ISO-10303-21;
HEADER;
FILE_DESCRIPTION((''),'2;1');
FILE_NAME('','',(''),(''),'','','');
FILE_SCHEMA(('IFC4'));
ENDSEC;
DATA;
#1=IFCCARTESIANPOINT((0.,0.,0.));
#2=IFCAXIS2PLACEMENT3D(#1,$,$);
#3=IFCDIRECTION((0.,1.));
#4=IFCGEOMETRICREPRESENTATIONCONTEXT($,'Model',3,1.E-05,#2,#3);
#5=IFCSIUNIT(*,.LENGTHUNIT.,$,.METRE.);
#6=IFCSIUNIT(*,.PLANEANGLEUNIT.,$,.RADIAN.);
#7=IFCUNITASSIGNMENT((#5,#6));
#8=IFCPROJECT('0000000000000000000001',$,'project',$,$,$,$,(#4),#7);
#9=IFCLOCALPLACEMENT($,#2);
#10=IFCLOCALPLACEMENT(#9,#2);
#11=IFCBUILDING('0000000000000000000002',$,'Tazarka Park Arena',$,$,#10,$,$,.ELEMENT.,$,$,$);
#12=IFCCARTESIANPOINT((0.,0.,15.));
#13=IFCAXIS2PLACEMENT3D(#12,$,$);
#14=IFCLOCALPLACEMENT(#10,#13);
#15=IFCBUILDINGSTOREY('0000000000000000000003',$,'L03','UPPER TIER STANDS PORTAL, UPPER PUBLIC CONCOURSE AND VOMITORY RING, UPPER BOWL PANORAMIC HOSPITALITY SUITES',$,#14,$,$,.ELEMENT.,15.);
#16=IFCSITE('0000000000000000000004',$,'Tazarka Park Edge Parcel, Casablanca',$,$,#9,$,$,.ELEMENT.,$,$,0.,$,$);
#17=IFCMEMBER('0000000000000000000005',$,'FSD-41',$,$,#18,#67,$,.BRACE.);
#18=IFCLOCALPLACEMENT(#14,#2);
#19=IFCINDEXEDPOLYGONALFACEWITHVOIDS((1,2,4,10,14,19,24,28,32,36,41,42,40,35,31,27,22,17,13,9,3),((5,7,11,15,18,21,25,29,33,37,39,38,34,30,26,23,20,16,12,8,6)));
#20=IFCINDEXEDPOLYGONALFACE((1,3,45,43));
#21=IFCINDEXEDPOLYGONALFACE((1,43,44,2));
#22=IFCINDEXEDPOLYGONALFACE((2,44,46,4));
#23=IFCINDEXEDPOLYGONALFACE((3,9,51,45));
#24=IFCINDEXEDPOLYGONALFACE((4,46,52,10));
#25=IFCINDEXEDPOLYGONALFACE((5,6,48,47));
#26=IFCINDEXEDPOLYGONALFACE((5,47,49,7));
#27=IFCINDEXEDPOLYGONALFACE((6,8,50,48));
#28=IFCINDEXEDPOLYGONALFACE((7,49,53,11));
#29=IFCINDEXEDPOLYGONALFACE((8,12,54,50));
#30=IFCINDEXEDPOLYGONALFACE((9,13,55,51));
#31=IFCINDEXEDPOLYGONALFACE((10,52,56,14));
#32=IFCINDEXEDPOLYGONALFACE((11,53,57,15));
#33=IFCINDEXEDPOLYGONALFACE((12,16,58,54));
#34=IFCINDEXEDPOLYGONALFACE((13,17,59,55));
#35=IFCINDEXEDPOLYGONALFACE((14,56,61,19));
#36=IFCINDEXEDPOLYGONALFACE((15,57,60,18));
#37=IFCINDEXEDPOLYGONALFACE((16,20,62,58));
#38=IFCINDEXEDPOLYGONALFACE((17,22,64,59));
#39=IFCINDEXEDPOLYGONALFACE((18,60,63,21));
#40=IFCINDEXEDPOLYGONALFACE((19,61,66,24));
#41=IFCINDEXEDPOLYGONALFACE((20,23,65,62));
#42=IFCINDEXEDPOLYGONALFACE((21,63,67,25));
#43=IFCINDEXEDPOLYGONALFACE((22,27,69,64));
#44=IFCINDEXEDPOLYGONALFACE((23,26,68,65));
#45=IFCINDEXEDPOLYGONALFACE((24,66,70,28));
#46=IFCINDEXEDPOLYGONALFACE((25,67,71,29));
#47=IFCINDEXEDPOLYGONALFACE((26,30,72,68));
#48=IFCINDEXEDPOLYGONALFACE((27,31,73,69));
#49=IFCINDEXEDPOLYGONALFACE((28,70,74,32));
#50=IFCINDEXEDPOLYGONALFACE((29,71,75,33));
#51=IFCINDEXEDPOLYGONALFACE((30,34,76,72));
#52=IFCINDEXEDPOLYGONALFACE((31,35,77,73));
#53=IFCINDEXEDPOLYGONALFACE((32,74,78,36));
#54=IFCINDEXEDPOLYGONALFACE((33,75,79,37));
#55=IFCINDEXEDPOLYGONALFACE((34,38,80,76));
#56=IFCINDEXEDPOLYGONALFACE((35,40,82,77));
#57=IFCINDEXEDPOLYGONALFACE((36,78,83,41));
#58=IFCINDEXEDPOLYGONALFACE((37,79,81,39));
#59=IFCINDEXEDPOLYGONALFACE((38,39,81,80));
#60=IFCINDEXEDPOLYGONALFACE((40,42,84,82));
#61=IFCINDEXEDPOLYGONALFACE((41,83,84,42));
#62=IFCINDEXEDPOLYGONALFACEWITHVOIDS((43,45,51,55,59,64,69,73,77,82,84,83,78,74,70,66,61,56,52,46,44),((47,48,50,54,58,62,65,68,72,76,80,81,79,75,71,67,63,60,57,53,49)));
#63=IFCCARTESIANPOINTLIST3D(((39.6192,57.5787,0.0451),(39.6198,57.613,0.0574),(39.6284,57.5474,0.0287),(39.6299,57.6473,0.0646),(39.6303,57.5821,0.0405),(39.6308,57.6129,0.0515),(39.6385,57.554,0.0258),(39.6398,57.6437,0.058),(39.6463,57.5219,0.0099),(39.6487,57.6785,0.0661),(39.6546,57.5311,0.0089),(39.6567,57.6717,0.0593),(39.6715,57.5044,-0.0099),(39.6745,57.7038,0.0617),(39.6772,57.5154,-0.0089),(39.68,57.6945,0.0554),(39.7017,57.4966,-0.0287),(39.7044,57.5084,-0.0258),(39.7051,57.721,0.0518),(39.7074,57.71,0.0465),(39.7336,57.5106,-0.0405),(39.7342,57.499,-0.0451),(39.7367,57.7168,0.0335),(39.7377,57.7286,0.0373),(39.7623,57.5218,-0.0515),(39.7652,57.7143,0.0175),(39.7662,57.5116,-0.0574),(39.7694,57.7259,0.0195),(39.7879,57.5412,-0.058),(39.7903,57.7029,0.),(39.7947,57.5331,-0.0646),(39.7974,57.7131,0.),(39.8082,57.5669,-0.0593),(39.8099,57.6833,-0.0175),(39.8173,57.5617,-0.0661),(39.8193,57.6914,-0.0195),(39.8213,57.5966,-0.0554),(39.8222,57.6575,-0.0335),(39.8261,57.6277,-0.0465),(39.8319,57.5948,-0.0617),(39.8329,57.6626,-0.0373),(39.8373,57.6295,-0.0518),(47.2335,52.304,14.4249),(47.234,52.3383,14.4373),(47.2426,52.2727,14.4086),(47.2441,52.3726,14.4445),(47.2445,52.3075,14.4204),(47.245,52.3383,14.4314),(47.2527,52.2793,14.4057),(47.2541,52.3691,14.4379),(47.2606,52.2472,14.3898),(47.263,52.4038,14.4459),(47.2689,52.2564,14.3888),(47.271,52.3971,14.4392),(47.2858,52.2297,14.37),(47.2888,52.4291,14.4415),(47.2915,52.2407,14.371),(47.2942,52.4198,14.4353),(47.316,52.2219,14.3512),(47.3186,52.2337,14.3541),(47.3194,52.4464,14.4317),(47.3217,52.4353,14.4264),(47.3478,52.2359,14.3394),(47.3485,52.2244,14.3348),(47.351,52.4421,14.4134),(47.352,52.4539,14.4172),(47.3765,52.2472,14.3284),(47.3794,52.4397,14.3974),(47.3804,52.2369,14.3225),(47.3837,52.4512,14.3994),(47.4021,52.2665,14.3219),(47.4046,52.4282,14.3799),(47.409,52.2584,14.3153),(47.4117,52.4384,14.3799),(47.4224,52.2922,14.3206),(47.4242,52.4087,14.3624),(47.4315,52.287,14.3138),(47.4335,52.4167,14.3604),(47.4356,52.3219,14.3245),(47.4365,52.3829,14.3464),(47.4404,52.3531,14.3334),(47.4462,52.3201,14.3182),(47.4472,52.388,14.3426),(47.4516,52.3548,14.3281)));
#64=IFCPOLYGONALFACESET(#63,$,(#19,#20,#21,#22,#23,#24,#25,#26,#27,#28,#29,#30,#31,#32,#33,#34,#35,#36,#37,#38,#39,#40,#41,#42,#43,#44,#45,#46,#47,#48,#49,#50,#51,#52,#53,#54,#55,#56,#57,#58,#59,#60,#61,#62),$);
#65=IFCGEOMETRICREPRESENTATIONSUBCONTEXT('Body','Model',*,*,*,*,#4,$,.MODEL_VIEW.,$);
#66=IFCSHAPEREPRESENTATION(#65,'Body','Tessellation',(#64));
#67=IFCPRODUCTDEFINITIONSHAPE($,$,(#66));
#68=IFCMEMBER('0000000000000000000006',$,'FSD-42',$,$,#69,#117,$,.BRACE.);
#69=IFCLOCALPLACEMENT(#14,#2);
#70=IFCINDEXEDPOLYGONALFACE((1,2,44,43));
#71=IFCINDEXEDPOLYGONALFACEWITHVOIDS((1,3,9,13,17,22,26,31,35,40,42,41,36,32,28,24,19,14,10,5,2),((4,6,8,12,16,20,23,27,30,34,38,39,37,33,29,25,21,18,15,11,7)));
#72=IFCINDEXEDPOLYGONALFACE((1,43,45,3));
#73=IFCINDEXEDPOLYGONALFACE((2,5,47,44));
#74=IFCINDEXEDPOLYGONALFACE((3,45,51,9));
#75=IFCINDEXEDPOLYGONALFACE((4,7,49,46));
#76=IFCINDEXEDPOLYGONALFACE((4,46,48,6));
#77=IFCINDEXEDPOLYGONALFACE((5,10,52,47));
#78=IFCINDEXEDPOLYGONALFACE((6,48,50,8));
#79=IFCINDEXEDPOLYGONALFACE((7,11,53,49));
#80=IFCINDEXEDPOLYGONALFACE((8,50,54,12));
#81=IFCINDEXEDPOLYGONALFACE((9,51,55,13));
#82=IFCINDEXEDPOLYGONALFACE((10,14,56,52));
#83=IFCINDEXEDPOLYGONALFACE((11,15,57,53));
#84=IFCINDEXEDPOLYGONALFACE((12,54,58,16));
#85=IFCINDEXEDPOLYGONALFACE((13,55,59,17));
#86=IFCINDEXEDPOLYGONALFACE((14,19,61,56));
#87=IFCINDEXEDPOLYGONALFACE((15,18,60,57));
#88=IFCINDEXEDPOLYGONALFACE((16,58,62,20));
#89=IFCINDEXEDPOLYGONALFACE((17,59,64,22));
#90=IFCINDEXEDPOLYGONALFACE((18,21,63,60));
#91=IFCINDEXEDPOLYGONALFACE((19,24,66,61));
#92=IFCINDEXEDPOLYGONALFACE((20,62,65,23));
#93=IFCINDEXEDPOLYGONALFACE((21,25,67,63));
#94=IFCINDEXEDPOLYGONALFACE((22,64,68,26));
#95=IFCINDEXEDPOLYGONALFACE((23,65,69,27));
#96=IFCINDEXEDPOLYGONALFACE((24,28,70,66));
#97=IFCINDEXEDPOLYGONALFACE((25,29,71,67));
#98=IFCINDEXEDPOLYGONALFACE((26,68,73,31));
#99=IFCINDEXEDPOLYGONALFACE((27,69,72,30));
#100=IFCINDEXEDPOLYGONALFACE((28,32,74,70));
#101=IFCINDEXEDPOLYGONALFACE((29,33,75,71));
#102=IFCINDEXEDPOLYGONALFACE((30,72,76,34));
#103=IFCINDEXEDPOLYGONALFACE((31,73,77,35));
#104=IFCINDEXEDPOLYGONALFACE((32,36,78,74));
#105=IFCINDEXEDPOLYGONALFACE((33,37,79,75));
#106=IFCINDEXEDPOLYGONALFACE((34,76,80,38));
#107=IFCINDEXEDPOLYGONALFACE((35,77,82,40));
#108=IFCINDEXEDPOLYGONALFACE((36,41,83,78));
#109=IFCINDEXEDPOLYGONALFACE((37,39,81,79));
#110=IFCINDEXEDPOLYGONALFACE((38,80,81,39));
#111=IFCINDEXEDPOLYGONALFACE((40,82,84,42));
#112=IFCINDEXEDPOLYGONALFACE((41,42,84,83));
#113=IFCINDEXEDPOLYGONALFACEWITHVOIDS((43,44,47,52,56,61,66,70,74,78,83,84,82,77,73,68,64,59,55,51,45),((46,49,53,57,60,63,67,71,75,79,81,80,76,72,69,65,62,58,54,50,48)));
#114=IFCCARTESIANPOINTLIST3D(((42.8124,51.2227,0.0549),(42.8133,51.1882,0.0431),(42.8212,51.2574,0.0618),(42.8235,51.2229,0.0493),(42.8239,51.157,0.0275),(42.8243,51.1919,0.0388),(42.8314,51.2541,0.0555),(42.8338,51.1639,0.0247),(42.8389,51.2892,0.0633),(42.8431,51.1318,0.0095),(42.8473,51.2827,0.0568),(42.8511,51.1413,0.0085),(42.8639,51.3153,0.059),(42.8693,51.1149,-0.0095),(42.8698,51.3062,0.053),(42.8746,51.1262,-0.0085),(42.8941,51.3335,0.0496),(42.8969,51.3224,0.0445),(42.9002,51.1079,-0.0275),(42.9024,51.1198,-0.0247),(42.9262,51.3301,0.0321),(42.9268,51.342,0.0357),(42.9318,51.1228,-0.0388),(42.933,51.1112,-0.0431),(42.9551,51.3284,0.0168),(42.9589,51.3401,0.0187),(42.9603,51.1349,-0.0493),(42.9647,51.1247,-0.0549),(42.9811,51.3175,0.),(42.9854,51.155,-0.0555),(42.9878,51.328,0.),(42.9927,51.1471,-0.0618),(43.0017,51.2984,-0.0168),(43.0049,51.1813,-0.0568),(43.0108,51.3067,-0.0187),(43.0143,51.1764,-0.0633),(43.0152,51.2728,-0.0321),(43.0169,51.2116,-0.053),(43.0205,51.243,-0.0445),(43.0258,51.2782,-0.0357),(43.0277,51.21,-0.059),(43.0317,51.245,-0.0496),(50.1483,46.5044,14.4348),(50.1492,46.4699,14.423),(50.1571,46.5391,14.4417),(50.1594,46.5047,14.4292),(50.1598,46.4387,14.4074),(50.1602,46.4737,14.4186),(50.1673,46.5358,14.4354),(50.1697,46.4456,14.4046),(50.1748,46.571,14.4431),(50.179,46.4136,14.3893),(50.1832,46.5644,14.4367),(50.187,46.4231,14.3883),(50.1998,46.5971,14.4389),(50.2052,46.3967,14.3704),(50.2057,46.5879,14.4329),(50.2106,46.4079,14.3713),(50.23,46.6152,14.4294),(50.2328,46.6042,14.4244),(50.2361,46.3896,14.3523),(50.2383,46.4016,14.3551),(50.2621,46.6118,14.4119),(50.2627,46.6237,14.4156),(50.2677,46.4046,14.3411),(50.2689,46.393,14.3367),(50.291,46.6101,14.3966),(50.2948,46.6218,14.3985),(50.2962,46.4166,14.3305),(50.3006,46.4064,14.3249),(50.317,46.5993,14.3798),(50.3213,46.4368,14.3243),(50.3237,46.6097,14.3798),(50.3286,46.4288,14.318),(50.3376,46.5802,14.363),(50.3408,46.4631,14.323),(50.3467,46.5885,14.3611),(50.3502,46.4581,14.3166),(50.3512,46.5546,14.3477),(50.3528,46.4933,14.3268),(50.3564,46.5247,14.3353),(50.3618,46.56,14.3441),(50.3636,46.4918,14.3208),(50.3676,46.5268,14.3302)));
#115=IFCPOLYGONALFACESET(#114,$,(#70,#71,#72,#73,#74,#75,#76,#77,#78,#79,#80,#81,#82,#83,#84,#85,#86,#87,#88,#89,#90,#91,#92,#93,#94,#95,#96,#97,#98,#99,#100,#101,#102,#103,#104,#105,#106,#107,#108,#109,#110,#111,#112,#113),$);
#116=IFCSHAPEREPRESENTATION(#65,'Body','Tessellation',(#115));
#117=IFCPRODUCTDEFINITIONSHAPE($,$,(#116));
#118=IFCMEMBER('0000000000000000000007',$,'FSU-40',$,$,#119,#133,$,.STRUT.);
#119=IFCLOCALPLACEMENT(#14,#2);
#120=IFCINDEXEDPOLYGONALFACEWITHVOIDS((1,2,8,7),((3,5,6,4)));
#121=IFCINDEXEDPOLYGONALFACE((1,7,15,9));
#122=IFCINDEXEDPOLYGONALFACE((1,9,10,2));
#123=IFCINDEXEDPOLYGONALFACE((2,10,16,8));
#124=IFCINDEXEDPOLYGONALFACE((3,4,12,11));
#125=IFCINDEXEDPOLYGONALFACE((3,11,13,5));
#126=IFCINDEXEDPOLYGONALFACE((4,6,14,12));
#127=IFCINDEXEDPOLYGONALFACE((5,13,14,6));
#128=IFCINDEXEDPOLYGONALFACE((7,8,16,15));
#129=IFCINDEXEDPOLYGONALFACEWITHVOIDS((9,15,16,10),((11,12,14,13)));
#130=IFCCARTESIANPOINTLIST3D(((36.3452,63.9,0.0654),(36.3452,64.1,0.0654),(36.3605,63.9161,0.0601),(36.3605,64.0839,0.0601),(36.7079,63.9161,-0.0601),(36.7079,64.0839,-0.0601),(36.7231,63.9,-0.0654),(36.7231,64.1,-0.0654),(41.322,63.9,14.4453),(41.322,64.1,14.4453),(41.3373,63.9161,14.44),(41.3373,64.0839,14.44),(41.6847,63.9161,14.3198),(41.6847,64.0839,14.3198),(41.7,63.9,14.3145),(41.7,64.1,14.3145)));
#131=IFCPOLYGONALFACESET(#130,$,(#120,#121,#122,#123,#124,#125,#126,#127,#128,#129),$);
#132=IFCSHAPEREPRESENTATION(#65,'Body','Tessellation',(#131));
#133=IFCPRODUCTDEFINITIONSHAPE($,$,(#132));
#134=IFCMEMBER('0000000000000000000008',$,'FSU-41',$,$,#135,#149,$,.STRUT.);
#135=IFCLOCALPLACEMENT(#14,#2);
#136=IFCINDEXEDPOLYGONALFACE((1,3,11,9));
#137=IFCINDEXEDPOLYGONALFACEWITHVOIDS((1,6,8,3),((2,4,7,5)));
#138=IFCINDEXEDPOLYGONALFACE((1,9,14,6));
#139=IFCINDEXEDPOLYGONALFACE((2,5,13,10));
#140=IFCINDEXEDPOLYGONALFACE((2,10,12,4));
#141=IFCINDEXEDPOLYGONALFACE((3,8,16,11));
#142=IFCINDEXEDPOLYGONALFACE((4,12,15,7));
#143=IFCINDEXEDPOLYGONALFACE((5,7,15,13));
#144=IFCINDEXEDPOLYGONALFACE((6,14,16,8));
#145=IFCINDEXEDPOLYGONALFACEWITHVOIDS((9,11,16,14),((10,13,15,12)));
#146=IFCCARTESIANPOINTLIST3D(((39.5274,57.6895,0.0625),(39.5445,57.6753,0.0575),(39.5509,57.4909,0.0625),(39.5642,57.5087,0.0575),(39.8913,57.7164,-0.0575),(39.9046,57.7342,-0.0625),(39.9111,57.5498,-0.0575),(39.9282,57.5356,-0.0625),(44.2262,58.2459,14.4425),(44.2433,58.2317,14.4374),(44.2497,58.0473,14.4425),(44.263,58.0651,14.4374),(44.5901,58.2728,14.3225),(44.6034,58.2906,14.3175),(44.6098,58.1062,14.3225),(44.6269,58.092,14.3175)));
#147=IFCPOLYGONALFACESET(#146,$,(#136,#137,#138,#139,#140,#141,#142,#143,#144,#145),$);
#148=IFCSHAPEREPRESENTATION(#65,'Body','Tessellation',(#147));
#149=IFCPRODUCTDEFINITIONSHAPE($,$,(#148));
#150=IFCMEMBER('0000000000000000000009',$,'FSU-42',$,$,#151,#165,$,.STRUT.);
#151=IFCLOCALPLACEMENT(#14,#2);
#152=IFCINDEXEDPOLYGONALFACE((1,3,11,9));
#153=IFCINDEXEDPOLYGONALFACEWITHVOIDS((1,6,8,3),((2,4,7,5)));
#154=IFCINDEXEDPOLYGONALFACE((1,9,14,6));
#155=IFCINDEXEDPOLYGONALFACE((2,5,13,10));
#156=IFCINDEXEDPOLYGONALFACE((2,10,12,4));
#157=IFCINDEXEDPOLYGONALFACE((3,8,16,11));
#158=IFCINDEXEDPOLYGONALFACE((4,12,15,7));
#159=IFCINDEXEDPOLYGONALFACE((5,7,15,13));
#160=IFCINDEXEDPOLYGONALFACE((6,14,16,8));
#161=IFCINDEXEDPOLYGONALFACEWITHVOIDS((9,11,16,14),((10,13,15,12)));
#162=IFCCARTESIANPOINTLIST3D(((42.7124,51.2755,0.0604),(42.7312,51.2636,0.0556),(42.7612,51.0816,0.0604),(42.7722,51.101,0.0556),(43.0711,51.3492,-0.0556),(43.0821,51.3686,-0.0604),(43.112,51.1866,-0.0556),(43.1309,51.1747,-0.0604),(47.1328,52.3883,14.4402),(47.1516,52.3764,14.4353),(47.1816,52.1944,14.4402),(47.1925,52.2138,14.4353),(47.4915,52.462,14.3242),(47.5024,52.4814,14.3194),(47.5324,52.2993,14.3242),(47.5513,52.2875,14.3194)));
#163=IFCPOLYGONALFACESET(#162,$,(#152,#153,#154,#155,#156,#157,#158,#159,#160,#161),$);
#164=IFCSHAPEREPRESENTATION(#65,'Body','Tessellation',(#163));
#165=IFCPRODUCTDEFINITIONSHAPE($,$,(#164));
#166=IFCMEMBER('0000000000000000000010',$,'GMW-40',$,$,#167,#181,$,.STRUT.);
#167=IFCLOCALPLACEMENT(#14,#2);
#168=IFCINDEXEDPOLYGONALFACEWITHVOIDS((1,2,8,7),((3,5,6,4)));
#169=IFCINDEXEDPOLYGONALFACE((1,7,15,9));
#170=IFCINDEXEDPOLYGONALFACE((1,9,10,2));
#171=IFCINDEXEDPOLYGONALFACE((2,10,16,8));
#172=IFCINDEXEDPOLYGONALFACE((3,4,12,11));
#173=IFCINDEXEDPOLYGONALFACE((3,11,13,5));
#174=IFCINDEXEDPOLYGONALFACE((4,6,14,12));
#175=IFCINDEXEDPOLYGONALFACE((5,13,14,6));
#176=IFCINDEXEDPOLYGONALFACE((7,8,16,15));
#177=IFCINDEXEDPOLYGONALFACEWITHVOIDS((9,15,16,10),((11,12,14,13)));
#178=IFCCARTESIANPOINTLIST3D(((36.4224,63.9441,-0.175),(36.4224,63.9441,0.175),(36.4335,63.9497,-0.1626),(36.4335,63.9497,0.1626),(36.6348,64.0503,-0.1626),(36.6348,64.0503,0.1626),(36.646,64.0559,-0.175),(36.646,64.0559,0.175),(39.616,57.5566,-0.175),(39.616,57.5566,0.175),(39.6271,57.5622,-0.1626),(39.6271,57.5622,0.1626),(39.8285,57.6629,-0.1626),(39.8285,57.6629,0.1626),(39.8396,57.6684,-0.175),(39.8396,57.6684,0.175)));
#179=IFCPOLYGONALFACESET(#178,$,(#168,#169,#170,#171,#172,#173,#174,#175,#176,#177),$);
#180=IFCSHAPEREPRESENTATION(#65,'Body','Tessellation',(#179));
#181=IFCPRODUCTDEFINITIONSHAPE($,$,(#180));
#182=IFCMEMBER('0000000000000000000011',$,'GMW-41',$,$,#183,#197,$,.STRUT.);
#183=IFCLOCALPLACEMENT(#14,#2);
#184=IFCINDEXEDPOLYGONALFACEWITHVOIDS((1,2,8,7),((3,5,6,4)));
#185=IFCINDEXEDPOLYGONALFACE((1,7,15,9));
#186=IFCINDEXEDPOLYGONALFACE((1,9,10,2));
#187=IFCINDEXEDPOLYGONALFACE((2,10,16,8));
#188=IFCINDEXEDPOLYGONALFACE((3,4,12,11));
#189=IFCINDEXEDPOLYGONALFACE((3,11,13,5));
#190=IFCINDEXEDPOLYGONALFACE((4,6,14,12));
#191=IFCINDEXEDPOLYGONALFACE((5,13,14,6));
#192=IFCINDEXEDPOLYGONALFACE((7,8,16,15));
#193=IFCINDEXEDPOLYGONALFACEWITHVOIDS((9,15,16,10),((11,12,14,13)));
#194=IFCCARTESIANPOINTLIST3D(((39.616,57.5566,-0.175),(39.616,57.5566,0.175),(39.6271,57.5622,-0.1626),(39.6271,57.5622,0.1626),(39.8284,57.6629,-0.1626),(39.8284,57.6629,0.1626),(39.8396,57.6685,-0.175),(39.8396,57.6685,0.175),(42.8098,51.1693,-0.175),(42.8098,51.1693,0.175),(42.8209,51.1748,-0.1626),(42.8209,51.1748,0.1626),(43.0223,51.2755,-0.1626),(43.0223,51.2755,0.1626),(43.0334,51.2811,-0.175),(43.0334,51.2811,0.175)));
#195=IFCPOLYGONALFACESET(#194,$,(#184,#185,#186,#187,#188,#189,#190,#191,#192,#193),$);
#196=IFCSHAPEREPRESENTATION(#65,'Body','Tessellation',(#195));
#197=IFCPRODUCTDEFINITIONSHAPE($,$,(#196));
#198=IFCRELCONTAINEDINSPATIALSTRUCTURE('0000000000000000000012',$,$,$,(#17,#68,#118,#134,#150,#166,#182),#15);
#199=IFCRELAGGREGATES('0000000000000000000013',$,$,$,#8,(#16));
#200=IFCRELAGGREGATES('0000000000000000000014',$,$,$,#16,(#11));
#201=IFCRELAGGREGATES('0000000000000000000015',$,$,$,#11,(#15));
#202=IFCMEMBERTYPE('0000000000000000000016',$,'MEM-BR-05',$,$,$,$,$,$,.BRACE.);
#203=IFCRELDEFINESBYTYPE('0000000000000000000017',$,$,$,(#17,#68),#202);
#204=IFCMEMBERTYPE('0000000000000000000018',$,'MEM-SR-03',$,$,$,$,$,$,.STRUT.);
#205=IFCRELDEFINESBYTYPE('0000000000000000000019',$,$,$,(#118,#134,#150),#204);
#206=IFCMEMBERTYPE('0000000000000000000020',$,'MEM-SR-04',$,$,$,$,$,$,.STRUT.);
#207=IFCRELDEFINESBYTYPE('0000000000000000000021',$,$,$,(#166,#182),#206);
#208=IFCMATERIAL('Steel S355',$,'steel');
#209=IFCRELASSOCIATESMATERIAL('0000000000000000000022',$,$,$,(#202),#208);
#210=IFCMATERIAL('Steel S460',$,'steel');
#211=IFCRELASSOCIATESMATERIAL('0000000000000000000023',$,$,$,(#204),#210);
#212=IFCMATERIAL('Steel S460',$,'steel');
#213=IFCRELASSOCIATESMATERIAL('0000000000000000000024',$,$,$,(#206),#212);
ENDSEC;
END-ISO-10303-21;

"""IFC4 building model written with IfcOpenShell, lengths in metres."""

from ifc_helpers import new_model, si_unit, direction, frame, origin, origin_2d, place, context, subcontext, project, spatial, hollow_rectangle, hollow_circle, extrude, material, material_profile, profile_set, type_object, element, save


model = new_model("IFC4")

# Units and contexts
model_context = context("Model", 3, precision=1e-05, world=origin(), true_north=direction((0.0, 1.0)))
body_context = subcontext(model_context, "Body", "Model", "MODEL_VIEW")
ifc_project = project(units=[si_unit("LENGTHUNIT", "METRE"), si_unit("PLANEANGLEUNIT", "RADIAN")], contexts=[model_context])

# Site, building, storey
site_placement = place(None, origin())
site = spatial("IfcSite", under=ifc_project, at=site_placement, Name="Tazarka Park Edge Parcel, Casablanca", CompositionType="ELEMENT", RefElevation=0.0)
building_placement = place(site_placement, origin())
building = spatial("IfcBuilding", under=site, at=building_placement, Name="Tazarka Park Arena", CompositionType="ELEMENT")
storey_placement = place(building_placement, frame((0.0, 0.0, 15.0)))
storey = spatial("IfcBuildingStorey", under=building, at=storey_placement, Name="L03", Description="UPPER TIER STANDS PORTAL, UPPER PUBLIC CONCOURSE AND VOMITORY RING, UPPER BOWL PANORAMIC HOSPITALITY SUITES", CompositionType="ELEMENT", Elevation=15.0)

# Members
ifc_material_1 = material(Name="Steel S355", Category="steel")
ifc_material_profile_1 = material_profile(ifc_material_1, hollow_circle(Radius=0.1223, WallThickness=0.0125, at=origin_2d()), Name="Steel S355")
ifc_profile_set_1 = profile_set([ifc_material_profile_1], Name="Steel S355")
member_type_1 = type_object("IfcMemberType", Name="MEM-BR-05", PredefinedType="BRACE", material=ifc_profile_set_1)
member_1_placement = place(storey_placement, frame((39.7278, 57.6125, 0.0), z_axis=(0.445149, -0.30837, 0.840685), x_axis=(0.569447, 0.822028, 0.0)))
element("IfcMember", 1, at=member_1_placement, inside=storey, type_object=member_type_1, Name="FSD-41", PredefinedType="BRACE", context=body_context, shape_type="SweptSolid", body=[
    extrude(hollow_circle(Radius=0.1223, WallThickness=0.0125, at=origin_2d()), origin(), (0.0, 0.0, 1.0), 17.105),
])
member_2_placement = place(storey_placement, frame((42.9216, 51.2251, 0.0), z_axis=(0.436185, -0.280541, 0.855008), x_axis=(0.540944, 0.841058, 0.0)))
element("IfcMember", 2, at=member_2_placement, inside=storey, type_object=member_type_1, Name="FSD-42", PredefinedType="BRACE", context=body_context, shape_type="SweptSolid", body=[
    extrude(hollow_circle(Radius=0.1223, WallThickness=0.0125, at=origin_2d()), origin(), (0.0, 0.0, 1.0), 16.8184),
])
ifc_material_2 = material(Name="Steel S460", Category="steel")
ifc_material_profile_2 = material_profile(ifc_material_2, hollow_rectangle(XDim=0.2, YDim=0.3999, WallThickness=0.0161, at=origin_2d()), Name="Steel S460")
ifc_profile_set_2 = profile_set([ifc_material_profile_2], Name="Steel S460")
member_type_2 = type_object("IfcMemberType", Name="MEM-SR-03", PredefinedType="STRUT", material=ifc_profile_set_2)
member_3_placement = place(storey_placement, frame((36.5342, 64.0, 0.0), z_axis=(0.327061, 0.0, 0.945003), x_axis=(0.0, 1.0, 0.0)))
element("IfcMember", 3, at=member_3_placement, inside=storey, type_object=member_type_2, Name="FSU-40", PredefinedType="STRUT", context=body_context, shape_type="SweptSolid", body=[
    extrude(hollow_rectangle(XDim=0.2, YDim=0.3999, WallThickness=0.0161, at=origin_2d()), origin(), (0.0, 0.0, 1.0), 15.2168),
])
member_4_placement = place(storey_placement, frame((39.7278, 57.6125, 0.0), z_axis=(0.310387, 0.036754, 0.9499), x_axis=(-0.117593, 0.993062, 0.0)))
element("IfcMember", 4, at=member_4_placement, inside=storey, type_object=member_type_2, Name="FSU-41", PredefinedType="STRUT", context=body_context, shape_type="SweptSolid", body=[
    extrude(hollow_rectangle(XDim=0.2, YDim=0.3999, WallThickness=0.0161, at=origin_2d()), origin(), (0.0, 0.0, 1.0), 15.1384),
])
member_5_placement = place(storey_placement, frame((42.9216, 51.2251, 0.0), z_axis=(0.293032, 0.073768, 0.953253), x_axis=(-0.244123, 0.969744, 0.0)))
element("IfcMember", 5, at=member_5_placement, inside=storey, type_object=member_type_2, Name="FSU-42", PredefinedType="STRUT", context=body_context, shape_type="SweptSolid", body=[
    extrude(hollow_rectangle(XDim=0.2, YDim=0.3999, WallThickness=0.0161, at=origin_2d()), origin(), (0.0, 0.0, 1.0), 15.085),
])
ifc_material_3 = material(Name="Steel S460", Category="steel")
ifc_material_profile_3 = material_profile(ifc_material_3, hollow_rectangle(XDim=0.25, YDim=0.3501, WallThickness=0.0125, at=origin_2d()), Name="Steel S460")
ifc_profile_set_3 = profile_set([ifc_material_profile_3], Name="Steel S460")
member_type_3 = type_object("IfcMemberType", Name="MEM-SR-04", PredefinedType="STRUT", material=ifc_profile_set_3)
for number, where, z_axis, x_axis, name in (
    (6, (36.5342, 64.0, 0.0), (0.4472, -0.894434, 0.0), (0.894434, 0.4472, 0.0), "GMW-40"),
    (7, (39.7278, 57.6125, 0.0), (0.447227, -0.89442, 0.0), (0.89442, 0.447227, 0.0), "GMW-41"),
):
    element("IfcMember", number, at=place(storey_placement, frame(where, z_axis=z_axis, x_axis=x_axis)), inside=storey, type_object=member_type_3, Name=name, PredefinedType="STRUT", context=body_context, shape_type="SweptSolid", body=[
        extrude(hollow_rectangle(XDim=0.25, YDim=0.3501, WallThickness=0.0125, at=origin_2d()), origin(), (0.0, 0.0, 1.0), 7.1414),
    ])

save(model, "model.ifc")
